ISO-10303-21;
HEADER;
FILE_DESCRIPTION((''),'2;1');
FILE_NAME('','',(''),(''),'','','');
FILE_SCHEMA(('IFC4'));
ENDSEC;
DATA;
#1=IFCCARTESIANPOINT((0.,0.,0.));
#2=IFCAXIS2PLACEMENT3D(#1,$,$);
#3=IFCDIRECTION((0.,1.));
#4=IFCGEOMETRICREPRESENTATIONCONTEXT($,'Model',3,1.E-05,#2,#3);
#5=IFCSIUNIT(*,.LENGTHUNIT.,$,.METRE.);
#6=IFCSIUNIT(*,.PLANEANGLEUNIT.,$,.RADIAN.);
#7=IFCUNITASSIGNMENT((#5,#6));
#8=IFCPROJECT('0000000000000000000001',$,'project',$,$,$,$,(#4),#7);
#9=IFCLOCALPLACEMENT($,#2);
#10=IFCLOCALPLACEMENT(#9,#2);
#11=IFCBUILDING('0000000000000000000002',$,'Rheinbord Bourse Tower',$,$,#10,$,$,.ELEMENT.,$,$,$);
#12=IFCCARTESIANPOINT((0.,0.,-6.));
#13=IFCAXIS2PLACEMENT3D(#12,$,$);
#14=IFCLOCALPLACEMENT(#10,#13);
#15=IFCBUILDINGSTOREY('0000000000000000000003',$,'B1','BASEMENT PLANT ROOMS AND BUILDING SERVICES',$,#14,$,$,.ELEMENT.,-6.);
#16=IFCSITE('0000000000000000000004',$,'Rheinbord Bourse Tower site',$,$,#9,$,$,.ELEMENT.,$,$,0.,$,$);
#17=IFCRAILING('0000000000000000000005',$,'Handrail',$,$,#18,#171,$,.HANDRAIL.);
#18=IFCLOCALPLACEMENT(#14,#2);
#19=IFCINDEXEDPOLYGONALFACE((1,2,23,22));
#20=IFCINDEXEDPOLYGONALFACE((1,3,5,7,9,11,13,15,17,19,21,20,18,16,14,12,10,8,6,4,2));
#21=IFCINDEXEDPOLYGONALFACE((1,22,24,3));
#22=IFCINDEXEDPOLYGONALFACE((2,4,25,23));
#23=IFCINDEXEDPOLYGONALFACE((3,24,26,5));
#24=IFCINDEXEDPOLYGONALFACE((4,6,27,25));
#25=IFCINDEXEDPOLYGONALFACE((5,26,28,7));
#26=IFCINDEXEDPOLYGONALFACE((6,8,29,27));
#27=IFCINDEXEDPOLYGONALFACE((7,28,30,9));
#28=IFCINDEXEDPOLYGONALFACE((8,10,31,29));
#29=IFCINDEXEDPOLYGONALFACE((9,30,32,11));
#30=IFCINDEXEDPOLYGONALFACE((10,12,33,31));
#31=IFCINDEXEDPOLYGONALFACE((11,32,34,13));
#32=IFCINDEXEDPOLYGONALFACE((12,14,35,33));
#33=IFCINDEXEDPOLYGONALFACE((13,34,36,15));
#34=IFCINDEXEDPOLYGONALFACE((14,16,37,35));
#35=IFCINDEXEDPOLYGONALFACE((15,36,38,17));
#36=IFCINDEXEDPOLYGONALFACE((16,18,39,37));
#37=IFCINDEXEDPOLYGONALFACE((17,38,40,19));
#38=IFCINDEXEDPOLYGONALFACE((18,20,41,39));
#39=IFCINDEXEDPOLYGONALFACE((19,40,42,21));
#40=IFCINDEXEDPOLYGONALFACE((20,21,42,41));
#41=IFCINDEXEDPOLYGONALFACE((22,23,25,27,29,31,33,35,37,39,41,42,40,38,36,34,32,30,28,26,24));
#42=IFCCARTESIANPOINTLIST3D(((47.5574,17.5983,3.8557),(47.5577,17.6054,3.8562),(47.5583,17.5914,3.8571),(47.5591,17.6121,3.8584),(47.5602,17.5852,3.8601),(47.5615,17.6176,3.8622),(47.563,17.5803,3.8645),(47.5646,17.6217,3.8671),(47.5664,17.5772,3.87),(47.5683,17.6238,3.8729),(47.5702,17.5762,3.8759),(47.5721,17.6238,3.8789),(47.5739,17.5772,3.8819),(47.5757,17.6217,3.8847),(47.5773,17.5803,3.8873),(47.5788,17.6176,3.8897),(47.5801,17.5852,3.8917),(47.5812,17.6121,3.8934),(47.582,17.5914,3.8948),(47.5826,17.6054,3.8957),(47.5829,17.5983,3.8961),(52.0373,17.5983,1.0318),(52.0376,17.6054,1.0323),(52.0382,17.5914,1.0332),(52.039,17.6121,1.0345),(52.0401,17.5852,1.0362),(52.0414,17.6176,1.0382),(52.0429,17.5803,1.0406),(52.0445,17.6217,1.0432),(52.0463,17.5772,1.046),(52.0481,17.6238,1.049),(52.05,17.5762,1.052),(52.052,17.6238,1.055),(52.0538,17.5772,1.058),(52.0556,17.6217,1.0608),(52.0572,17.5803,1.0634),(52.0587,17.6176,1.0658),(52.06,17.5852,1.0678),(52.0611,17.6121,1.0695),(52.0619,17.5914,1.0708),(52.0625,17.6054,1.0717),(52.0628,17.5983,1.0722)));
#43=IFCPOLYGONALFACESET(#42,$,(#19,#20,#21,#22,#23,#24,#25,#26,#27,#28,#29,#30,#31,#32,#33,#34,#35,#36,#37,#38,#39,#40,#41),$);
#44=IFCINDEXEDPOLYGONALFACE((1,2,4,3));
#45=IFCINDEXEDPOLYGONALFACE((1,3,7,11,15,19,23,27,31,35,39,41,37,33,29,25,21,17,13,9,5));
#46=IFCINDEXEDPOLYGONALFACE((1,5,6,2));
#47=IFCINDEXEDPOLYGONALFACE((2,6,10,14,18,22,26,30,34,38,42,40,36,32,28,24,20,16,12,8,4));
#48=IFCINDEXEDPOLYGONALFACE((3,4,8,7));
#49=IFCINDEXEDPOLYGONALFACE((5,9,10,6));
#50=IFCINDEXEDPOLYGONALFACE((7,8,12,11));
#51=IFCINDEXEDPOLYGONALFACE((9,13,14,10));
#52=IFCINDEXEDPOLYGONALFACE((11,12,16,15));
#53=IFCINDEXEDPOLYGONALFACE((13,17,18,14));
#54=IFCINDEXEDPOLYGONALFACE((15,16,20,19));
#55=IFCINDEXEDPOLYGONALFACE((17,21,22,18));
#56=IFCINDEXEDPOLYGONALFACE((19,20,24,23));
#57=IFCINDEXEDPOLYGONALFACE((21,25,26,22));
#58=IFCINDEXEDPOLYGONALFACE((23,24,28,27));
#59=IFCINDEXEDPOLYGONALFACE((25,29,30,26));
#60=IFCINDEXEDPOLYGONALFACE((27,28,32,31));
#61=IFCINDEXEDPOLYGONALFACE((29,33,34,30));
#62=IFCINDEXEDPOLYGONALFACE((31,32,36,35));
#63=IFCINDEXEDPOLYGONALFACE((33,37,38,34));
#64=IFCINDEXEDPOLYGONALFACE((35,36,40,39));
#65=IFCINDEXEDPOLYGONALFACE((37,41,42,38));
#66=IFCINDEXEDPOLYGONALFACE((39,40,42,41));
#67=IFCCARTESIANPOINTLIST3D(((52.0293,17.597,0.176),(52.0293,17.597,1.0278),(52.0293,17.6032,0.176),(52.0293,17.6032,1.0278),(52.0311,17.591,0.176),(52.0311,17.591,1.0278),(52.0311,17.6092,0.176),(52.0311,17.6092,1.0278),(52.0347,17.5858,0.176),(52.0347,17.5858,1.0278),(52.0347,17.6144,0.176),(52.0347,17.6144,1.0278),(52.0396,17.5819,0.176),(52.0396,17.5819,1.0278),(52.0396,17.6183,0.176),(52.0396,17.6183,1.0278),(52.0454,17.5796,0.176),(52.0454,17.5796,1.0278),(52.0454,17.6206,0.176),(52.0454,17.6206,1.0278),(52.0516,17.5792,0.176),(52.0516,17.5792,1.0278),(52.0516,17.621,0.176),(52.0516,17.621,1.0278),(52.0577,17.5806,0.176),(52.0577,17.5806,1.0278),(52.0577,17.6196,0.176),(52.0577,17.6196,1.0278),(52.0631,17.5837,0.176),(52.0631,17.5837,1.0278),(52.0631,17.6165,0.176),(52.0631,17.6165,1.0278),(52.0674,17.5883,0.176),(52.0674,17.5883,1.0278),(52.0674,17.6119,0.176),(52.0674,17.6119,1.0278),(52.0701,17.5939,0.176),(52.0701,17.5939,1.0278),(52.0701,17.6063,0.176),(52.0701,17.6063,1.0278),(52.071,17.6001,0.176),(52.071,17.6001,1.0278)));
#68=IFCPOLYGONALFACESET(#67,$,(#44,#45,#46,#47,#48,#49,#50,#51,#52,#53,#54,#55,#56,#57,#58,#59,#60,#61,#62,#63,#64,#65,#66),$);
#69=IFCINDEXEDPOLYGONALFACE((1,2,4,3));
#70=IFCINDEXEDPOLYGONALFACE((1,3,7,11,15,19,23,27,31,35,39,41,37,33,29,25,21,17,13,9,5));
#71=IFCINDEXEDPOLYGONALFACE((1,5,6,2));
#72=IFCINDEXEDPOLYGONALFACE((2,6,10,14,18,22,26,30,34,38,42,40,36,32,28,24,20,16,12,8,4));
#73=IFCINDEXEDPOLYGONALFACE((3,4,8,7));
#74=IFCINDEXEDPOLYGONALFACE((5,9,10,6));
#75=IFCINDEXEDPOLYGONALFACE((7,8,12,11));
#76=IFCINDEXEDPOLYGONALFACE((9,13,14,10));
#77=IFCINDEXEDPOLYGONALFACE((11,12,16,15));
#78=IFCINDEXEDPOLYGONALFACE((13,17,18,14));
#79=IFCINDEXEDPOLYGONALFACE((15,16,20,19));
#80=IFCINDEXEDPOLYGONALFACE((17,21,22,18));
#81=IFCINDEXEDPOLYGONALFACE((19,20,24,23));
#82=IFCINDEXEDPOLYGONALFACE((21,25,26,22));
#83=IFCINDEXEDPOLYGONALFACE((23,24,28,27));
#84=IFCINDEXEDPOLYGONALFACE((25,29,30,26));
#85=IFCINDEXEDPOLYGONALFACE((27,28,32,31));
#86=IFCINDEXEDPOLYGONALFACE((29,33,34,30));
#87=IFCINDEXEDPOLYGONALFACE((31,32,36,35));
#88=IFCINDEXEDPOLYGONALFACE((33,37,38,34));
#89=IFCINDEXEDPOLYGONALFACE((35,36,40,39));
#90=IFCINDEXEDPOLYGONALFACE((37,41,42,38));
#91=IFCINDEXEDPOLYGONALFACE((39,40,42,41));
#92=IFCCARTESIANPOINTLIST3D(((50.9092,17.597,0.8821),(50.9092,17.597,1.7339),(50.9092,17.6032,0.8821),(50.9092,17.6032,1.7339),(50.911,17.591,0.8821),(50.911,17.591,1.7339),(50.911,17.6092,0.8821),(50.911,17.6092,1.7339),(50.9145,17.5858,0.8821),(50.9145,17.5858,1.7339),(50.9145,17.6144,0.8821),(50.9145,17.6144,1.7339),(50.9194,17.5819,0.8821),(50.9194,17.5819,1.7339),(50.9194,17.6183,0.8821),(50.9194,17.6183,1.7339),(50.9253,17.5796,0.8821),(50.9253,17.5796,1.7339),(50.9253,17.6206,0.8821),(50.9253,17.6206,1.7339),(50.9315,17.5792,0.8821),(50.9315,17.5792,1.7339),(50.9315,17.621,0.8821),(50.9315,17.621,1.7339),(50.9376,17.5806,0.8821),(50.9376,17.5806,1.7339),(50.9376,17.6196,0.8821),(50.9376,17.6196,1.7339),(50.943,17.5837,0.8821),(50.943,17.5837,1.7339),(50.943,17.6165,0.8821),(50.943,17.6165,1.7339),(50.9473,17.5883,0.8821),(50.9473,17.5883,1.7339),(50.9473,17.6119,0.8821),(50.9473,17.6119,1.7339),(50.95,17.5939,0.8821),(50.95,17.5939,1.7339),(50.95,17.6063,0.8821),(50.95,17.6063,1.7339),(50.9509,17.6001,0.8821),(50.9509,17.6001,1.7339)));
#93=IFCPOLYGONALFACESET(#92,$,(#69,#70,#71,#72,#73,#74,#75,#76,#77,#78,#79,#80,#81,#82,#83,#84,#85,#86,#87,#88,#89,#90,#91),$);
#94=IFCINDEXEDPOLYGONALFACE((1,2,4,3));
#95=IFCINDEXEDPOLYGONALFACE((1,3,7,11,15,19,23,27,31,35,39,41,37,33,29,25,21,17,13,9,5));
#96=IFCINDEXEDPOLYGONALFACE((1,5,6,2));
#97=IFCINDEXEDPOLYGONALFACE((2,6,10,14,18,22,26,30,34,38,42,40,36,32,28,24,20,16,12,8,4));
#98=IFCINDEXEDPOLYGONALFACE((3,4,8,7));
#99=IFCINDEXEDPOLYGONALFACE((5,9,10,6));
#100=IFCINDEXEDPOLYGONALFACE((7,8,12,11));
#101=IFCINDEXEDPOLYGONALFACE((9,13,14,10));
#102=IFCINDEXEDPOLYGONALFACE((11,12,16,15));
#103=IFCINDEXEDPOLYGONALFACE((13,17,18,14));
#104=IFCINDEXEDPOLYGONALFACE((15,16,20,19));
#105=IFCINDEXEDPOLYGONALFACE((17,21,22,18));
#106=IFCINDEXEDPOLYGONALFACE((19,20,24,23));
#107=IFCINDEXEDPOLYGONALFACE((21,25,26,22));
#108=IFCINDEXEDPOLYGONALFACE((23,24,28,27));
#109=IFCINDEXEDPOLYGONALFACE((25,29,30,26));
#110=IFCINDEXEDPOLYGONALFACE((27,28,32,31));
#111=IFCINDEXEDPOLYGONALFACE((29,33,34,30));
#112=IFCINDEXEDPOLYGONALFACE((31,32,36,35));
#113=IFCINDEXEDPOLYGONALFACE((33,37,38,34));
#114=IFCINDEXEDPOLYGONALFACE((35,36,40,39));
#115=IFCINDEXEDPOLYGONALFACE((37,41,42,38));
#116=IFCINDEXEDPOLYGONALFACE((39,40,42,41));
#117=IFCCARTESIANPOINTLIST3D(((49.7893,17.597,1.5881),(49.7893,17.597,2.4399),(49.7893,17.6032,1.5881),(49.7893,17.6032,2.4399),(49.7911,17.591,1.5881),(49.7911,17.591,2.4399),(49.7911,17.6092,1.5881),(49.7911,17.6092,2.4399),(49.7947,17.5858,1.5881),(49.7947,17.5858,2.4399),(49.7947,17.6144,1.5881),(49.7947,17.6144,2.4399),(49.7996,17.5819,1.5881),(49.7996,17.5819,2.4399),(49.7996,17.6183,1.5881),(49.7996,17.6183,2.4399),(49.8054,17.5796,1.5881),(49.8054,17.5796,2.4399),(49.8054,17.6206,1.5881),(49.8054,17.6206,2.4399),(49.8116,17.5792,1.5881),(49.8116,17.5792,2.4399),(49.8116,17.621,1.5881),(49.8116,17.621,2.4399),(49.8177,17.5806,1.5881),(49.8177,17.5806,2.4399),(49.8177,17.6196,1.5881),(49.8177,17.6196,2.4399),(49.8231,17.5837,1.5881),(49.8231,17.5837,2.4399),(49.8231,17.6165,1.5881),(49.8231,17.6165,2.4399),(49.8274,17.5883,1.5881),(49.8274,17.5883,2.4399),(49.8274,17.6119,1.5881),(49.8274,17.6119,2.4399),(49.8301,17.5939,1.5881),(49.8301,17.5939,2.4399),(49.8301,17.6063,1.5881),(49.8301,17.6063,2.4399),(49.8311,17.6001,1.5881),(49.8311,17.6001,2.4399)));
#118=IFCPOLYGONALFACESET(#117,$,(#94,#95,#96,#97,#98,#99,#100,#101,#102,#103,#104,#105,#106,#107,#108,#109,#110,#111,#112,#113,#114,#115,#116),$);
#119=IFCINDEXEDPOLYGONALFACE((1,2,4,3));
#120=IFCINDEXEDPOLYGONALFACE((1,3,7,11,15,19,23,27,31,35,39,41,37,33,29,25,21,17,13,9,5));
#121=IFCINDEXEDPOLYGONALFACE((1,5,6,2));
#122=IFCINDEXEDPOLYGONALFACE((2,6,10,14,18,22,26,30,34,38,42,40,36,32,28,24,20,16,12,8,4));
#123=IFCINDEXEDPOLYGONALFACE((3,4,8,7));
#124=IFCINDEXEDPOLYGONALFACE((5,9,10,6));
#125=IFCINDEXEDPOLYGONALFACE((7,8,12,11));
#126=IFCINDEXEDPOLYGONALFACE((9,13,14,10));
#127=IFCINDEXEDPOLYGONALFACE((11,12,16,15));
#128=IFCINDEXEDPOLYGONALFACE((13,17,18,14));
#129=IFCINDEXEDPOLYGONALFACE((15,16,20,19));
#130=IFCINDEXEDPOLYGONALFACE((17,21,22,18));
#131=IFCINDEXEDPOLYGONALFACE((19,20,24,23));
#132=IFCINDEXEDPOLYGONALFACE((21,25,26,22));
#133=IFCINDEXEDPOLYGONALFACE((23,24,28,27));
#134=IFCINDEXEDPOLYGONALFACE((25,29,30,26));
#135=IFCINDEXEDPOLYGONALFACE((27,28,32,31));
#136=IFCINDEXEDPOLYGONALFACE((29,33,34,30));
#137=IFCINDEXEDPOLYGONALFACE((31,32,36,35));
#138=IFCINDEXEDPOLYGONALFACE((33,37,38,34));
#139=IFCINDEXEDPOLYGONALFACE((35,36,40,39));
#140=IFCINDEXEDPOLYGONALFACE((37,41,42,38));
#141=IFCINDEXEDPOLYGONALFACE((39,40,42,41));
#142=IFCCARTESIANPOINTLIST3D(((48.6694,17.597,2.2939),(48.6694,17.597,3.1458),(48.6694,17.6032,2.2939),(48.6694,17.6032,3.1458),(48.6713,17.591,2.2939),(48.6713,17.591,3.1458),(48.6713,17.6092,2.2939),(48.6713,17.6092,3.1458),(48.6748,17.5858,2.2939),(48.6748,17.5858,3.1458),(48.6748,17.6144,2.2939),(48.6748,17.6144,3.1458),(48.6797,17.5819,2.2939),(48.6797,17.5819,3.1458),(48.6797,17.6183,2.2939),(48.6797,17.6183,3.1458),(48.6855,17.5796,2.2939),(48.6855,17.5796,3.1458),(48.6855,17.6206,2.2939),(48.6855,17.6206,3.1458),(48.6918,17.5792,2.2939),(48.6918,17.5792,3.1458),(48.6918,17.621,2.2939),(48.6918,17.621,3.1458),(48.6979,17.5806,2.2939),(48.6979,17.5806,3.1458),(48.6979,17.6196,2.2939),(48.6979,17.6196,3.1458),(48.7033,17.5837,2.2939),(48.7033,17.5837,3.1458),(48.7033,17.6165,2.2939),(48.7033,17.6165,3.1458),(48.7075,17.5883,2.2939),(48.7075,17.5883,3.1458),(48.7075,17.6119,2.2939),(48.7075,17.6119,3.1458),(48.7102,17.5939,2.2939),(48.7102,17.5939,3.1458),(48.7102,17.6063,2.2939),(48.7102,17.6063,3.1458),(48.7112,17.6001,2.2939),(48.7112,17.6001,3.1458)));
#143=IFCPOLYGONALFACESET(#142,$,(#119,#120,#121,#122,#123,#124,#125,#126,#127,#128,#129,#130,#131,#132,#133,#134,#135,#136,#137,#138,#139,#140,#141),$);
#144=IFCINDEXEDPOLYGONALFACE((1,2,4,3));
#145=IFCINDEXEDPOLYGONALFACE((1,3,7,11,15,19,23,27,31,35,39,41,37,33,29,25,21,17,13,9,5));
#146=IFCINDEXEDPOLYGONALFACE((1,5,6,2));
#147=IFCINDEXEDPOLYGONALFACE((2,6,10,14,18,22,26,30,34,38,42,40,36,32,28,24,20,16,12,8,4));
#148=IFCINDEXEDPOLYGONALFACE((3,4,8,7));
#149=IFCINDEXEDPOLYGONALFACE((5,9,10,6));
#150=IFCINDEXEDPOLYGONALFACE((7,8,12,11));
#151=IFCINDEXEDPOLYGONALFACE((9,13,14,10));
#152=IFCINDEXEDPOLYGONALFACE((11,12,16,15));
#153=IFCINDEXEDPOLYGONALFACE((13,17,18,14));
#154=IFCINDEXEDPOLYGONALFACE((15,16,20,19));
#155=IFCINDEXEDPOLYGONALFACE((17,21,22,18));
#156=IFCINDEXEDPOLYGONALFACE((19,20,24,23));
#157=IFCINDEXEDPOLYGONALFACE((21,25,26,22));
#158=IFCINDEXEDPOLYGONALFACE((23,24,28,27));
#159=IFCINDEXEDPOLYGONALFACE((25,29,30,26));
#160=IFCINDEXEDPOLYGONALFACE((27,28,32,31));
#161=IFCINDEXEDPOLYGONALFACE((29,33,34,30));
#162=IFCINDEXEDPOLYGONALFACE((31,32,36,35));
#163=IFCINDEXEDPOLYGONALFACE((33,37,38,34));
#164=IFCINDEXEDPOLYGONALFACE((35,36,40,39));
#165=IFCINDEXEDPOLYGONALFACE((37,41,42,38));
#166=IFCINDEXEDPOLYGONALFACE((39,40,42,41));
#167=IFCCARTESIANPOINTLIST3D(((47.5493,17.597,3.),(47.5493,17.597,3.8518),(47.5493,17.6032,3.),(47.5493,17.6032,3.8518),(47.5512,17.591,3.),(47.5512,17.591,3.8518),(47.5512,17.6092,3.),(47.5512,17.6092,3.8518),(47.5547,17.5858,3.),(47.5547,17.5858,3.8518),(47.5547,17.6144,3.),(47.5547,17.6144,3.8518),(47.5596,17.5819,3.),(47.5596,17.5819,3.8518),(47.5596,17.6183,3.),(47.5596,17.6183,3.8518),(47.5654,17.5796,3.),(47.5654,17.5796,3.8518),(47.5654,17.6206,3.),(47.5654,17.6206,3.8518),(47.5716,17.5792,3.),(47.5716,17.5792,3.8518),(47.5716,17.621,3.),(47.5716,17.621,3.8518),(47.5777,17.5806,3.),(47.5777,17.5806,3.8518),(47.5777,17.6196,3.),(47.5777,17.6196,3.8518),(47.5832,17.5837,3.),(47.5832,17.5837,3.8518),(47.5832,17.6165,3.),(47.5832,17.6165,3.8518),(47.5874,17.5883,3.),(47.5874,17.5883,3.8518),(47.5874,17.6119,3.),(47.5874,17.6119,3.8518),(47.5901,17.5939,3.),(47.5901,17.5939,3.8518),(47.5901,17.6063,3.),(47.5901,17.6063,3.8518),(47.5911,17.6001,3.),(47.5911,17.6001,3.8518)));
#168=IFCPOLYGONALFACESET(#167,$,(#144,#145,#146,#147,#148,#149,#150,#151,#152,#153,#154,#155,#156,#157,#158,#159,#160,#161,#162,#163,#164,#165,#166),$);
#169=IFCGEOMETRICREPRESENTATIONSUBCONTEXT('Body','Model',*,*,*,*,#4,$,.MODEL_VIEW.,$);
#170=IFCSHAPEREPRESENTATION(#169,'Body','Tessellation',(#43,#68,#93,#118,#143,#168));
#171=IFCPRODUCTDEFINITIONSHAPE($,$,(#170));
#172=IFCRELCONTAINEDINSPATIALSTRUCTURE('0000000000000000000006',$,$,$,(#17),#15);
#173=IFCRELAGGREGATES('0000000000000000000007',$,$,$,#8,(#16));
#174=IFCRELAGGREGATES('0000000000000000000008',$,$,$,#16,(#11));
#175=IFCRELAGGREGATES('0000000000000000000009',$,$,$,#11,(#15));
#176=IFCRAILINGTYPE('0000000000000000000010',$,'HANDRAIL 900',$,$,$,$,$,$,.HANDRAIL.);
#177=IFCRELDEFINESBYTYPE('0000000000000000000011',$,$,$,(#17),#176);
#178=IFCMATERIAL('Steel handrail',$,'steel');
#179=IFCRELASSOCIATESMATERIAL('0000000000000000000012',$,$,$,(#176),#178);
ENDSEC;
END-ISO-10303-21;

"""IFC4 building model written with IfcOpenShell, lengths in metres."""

from ifc_helpers import new_model, si_unit, direction, frame, origin, origin_2d, place, context, subcontext, project, spatial, circle, extrude, material, type_object, element, save


model = new_model("IFC4")

# Units and contexts
model_context = context("Model", 3, precision=1e-05, world=origin(), true_north=direction((0.0, 1.0)))
body_context = subcontext(model_context, "Body", "Model", "MODEL_VIEW")
ifc_project = project(units=[si_unit("LENGTHUNIT", "METRE"), si_unit("PLANEANGLEUNIT", "RADIAN")], contexts=[model_context])

# Site, building, storey
site_placement = place(None, origin())
site = spatial("IfcSite", under=ifc_project, at=site_placement, Name="Rheinbord Bourse Tower site", CompositionType="ELEMENT", RefElevation=0.0)
building_placement = place(site_placement, origin())
building = spatial("IfcBuilding", under=site, at=building_placement, Name="Rheinbord Bourse Tower", CompositionType="ELEMENT")
storey_placement = place(building_placement, frame((0.0, 0.0, -6.0)))
storey = spatial("IfcBuildingStorey", under=building, at=storey_placement, Name="B1", Description="BASEMENT PLANT ROOMS AND BUILDING SERVICES", CompositionType="ELEMENT", Elevation=-6.0)

# Railing
ifc_material_1 = material(Name="Steel handrail", Category="steel")
railing_type = type_object("IfcRailingType", Name="HANDRAIL 900", PredefinedType="HANDRAIL", material=ifc_material_1)
for number, where, name in (
    (1, (52.05, 17.6001, 0.176), "Handrail"),
):
    element("IfcRailing", number, at=place(storey_placement, frame(where)), inside=storey, type_object=railing_type, Name=name, PredefinedType="HANDRAIL", context=body_context, shape_type="SweptSolid", body=[
        extrude(circle(Radius=0.0239, at=origin_2d()), frame((0.0, 0.0, 0.876), z_axis=(-0.845956, 0.0, 0.533252), x_axis=(0.0, -1.0, 0.0)), (0.0, 0.0, 1.0), 5.2957),
        extrude(circle(Radius=0.021, at=origin_2d()), origin(), (0.0, 0.0, 1.0), 0.8518),
        extrude(circle(Radius=0.021, at=origin_2d()), frame((-1.1201, 0.0, 0.7061)), (0.0, 0.0, 1.0), 0.8518),
        extrude(circle(Radius=0.021, at=origin_2d()), frame((-2.24, 0.0, 1.4121)), (0.0, 0.0, 1.0), 0.8518),
        extrude(circle(Radius=0.021, at=origin_2d()), frame((-3.3599, 0.0, 2.1179)), (0.0, 0.0, 1.0), 0.8518),
        extrude(circle(Radius=0.021, at=origin_2d()), frame((-4.48, 0.0, 2.824)), (0.0, 0.0, 1.0), 0.8518),
    ])

save(model, "model.ifc")
